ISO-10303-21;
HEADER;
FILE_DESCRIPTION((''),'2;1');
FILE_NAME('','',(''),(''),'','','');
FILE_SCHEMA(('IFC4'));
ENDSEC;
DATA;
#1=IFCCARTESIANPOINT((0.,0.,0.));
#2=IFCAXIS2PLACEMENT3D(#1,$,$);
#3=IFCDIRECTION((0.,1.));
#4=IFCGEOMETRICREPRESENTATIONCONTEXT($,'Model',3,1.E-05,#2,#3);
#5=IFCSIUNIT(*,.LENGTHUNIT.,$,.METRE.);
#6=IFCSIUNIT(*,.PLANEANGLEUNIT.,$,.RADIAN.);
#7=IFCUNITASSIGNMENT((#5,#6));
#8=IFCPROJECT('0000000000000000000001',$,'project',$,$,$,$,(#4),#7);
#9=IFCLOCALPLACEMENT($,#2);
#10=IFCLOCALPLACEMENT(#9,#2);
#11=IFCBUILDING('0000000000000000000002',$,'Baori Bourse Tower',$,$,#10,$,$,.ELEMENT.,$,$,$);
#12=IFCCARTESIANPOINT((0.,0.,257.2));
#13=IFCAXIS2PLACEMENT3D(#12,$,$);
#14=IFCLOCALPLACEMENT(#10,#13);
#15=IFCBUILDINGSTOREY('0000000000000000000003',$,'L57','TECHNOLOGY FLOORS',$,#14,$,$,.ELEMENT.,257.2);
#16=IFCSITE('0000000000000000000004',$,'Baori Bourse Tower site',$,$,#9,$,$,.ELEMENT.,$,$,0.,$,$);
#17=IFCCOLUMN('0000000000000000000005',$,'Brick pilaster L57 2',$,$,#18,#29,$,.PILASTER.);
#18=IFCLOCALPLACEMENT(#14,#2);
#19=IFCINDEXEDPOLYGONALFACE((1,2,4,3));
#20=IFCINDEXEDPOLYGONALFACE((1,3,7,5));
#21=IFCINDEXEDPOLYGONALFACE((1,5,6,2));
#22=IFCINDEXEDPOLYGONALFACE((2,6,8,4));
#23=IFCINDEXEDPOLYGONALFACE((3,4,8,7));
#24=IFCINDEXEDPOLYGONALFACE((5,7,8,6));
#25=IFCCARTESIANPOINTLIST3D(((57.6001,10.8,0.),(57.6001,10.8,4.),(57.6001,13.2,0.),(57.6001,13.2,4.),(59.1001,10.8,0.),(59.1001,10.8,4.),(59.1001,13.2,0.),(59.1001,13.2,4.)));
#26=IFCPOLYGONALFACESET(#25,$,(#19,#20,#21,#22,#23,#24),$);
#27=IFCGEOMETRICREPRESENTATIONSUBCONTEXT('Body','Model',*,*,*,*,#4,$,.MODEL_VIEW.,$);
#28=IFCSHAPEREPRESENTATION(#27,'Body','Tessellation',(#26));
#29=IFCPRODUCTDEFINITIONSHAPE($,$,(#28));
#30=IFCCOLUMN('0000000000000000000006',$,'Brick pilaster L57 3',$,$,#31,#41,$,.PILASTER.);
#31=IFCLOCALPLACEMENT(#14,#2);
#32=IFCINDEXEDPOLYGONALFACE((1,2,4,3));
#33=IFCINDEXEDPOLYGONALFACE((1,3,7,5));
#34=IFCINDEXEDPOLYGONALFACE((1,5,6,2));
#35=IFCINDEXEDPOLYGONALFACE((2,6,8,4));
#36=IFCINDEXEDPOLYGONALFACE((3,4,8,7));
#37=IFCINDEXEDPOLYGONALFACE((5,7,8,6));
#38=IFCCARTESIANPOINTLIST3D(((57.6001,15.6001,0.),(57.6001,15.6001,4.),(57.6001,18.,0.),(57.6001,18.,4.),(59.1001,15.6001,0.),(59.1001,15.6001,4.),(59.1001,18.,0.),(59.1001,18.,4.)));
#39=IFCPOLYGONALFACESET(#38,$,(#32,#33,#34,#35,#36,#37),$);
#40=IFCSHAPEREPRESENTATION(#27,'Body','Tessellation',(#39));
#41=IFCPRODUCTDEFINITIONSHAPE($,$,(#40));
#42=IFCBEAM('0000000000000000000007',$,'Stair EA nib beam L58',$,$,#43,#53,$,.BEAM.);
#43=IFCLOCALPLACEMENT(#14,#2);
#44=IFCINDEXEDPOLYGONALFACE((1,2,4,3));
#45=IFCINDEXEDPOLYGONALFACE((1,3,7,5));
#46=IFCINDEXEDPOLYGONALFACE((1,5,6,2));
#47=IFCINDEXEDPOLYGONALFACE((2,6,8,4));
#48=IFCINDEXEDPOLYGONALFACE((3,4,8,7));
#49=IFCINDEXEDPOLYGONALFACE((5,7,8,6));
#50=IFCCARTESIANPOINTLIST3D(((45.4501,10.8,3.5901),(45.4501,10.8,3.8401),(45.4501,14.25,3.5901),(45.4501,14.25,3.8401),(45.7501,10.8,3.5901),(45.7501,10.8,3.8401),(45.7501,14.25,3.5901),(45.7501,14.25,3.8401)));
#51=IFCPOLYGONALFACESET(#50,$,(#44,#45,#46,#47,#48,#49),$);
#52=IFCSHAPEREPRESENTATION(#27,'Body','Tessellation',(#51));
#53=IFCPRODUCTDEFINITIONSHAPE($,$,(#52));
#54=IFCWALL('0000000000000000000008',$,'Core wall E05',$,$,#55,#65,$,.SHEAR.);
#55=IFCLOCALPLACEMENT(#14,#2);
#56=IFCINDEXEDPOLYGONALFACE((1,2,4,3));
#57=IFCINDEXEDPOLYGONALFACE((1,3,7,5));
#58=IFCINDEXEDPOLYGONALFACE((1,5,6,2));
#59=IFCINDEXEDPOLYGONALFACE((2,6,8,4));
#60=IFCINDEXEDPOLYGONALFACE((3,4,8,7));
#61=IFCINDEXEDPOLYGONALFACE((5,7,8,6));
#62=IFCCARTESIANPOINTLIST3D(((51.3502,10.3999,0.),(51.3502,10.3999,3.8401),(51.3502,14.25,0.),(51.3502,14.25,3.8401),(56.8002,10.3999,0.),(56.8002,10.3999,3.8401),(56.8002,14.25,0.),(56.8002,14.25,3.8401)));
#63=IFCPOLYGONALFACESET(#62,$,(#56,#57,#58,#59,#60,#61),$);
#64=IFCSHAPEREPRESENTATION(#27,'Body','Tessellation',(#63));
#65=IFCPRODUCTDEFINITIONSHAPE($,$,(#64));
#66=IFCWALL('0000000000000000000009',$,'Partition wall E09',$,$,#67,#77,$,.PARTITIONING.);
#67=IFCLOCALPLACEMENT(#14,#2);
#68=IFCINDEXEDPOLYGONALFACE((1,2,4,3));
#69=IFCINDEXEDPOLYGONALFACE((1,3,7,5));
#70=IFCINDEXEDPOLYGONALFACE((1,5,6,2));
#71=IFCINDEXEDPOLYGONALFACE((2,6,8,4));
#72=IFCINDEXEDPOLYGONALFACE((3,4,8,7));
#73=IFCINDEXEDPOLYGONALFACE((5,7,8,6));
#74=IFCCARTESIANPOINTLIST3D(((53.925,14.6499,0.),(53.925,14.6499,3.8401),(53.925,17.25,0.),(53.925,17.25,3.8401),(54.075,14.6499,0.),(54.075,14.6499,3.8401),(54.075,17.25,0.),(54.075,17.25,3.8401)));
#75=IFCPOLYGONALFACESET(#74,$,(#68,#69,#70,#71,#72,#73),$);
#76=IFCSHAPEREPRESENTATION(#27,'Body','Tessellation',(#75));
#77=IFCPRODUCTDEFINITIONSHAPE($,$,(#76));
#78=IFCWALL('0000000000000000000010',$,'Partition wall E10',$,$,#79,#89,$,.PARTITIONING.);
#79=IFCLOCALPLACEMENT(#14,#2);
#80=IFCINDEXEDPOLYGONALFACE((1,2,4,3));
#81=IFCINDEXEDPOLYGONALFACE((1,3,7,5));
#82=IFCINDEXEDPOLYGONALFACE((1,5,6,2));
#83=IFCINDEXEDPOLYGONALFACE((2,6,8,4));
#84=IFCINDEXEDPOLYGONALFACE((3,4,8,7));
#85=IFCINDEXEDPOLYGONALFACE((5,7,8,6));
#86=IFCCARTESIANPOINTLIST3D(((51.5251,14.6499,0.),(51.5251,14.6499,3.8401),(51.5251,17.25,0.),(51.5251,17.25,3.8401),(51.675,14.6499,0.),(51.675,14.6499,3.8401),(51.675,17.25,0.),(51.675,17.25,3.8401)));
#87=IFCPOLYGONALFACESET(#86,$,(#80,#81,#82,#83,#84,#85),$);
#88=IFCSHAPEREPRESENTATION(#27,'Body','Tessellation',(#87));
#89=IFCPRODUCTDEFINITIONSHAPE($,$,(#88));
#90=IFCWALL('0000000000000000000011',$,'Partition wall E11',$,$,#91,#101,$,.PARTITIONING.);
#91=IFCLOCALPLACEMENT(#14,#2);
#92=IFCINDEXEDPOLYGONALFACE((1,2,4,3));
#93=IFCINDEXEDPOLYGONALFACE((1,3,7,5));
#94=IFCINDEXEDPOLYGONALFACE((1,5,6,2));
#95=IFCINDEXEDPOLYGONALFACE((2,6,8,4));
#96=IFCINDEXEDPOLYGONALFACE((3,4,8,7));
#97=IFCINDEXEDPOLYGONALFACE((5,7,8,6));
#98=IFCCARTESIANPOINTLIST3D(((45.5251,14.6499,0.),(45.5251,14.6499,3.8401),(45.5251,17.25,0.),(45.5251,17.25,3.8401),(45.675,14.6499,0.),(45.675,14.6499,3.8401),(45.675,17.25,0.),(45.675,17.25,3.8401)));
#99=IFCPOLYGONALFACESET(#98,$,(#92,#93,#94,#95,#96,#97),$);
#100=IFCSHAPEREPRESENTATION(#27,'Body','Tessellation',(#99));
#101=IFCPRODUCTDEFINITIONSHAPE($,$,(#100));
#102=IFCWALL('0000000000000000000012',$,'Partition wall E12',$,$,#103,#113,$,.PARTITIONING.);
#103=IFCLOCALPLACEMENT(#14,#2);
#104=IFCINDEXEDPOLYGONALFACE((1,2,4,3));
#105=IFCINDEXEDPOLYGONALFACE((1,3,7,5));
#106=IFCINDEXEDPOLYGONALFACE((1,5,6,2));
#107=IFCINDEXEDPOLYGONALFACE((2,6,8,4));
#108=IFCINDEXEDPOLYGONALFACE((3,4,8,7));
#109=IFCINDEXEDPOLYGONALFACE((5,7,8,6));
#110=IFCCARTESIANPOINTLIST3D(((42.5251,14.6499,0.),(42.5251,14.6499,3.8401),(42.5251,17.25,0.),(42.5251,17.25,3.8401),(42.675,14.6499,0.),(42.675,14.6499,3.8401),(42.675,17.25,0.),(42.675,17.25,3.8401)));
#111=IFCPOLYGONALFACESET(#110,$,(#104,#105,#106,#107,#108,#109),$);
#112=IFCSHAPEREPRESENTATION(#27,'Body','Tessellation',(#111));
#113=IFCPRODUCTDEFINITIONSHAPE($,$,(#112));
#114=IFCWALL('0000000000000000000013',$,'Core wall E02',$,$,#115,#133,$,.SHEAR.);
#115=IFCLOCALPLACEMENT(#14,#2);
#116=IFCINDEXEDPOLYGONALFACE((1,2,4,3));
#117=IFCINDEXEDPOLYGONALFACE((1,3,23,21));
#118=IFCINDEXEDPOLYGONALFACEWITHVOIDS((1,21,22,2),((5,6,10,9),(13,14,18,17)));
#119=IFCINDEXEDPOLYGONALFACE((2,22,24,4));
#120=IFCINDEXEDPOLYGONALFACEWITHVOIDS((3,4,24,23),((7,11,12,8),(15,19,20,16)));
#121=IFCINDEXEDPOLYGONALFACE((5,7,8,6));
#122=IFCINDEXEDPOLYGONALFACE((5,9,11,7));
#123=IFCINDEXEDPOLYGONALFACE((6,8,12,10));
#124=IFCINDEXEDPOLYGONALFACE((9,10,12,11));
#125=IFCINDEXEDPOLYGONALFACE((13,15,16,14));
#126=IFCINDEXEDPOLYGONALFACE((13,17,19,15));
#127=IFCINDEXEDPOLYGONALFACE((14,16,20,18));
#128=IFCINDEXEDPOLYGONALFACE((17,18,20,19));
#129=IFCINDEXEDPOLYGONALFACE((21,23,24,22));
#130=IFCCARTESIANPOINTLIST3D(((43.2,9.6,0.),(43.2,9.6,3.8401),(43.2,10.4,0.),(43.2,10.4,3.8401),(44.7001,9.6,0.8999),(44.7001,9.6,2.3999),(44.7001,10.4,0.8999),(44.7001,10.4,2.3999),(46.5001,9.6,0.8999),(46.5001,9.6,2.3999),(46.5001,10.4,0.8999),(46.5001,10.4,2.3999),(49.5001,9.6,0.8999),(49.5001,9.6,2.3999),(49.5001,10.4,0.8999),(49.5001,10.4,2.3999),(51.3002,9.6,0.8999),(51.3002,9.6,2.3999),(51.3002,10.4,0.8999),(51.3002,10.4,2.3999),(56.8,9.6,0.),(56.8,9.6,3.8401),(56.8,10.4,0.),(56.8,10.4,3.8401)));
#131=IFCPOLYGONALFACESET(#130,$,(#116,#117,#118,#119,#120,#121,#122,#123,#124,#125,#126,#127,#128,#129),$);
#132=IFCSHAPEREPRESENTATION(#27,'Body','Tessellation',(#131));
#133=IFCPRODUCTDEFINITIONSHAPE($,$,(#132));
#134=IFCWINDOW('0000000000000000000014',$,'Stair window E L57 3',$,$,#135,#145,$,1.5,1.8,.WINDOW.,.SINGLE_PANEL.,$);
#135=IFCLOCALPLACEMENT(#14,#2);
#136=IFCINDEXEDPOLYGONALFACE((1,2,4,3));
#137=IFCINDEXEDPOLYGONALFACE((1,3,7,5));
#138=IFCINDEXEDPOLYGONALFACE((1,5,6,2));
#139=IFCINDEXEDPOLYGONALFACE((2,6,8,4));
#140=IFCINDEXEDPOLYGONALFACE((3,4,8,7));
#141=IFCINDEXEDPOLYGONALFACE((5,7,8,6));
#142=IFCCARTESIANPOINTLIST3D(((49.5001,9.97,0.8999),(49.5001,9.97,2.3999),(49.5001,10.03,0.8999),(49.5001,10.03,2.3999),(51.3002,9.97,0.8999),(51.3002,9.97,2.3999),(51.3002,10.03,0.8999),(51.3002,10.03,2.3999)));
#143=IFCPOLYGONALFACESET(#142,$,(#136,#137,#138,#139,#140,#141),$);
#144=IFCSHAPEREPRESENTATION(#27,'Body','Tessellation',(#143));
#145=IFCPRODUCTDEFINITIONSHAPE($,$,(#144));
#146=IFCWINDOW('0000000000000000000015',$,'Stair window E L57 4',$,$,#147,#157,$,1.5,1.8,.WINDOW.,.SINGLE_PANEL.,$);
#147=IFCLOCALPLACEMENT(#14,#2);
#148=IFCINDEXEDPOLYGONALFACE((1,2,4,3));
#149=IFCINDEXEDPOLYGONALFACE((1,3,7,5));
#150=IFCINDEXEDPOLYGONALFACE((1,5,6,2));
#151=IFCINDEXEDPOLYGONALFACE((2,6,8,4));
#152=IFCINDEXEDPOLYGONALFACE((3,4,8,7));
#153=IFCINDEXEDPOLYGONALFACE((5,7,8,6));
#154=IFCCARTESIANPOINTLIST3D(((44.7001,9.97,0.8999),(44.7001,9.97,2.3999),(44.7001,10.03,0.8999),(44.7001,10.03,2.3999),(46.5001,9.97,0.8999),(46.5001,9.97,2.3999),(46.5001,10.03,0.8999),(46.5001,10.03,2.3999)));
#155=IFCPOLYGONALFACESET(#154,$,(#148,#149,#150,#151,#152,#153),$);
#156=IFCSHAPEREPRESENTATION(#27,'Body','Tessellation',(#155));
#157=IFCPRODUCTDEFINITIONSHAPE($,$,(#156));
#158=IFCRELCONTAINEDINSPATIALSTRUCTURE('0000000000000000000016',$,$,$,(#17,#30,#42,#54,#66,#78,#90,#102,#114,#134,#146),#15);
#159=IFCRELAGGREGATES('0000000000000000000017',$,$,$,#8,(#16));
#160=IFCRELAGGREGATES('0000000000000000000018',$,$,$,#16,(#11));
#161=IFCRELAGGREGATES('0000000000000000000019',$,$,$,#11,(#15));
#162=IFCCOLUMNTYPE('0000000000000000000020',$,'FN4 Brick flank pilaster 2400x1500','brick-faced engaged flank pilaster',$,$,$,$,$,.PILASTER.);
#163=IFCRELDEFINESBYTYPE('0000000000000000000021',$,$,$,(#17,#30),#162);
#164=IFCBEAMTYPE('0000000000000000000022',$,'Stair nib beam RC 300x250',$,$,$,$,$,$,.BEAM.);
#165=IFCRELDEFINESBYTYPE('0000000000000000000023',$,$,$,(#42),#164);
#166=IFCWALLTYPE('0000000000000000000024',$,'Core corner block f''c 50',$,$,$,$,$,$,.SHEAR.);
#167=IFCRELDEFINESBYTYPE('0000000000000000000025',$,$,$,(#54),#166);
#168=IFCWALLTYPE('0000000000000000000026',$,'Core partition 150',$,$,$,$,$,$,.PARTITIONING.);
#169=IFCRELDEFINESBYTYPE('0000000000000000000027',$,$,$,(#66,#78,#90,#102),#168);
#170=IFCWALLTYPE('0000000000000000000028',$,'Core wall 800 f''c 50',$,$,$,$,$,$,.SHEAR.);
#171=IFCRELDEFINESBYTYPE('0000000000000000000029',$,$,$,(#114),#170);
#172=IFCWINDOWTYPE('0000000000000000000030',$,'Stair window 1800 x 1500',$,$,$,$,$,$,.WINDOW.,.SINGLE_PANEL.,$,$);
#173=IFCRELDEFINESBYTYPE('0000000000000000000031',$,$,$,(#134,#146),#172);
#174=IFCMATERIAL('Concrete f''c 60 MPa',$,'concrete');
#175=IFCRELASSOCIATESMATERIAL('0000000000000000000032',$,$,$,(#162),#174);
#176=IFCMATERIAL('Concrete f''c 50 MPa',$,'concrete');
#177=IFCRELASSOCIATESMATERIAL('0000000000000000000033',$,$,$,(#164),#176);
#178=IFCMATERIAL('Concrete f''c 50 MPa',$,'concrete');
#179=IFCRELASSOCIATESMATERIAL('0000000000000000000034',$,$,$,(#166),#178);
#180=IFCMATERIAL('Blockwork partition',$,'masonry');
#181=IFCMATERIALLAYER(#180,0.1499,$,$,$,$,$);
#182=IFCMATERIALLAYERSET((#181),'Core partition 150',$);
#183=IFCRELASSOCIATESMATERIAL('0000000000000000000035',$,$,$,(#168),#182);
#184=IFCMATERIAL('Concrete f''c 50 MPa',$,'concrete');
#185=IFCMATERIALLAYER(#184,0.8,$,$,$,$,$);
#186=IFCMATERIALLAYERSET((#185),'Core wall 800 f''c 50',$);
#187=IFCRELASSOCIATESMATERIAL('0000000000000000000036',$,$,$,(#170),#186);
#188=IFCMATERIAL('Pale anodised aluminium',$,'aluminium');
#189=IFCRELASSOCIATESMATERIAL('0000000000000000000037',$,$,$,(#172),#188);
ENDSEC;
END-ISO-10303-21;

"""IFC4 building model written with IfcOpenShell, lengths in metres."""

from ifc_helpers import new_model, si_unit, direction, frame, frame_2d, origin, origin_2d, place, context, subcontext, project, spatial, rectangle, extrude, material, layer, layer_set, material_profile, profile_set, type_object, element, fill, save


model = new_model("IFC4")

# Units and contexts
model_context = context("Model", 3, precision=1e-05, world=origin(), true_north=direction((0.0, 1.0)))
body_context = subcontext(model_context, "Body", "Model", "MODEL_VIEW")
ifc_project = project(units=[si_unit("LENGTHUNIT", "METRE"), si_unit("PLANEANGLEUNIT", "RADIAN")], contexts=[model_context])

# Site, building, storey
site_placement = place(None, origin())
site = spatial("IfcSite", under=ifc_project, at=site_placement, Name="Baori Bourse Tower site", CompositionType="ELEMENT", RefElevation=0.0)
building_placement = place(site_placement, origin())
building = spatial("IfcBuilding", under=site, at=building_placement, Name="Baori Bourse Tower", CompositionType="ELEMENT")
storey_placement = place(building_placement, frame((0.0, 0.0, 257.2)))
storey = spatial("IfcBuildingStorey", under=building, at=storey_placement, Name="L57", Description="TECHNOLOGY FLOORS", CompositionType="ELEMENT", Elevation=257.2)

# Columns
ifc_material_1 = material(Name="Concrete f'c 60 MPa", Category="concrete")
ifc_material_profile_1 = material_profile(ifc_material_1, rectangle(XDim=2.3999, YDim=1.5, at=origin_2d()), Name="RC 2400x1500")
ifc_profile_set_1 = profile_set([ifc_material_profile_1], Name="Concrete f'c 60 MPa")
column_type = type_object("IfcColumnType", Name="FN4 Brick flank pilaster 2400x1500", Description="brick-faced engaged flank pilaster", PredefinedType="PILASTER", material=ifc_profile_set_1)
for number, where, z_axis, x_axis, name in (
    (1, (58.3501, 12.0, 0.0), (0.0, 0.0, 1.0), (0.0, 1.0, 0.0), "Brick pilaster L57 2"),
    (2, (58.3501, 16.8, 0.0), (0.0, 0.0, 1.0), (0.0, 1.0, 0.0), "Brick pilaster L57 3"),
):
    element("IfcColumn", number, at=place(storey_placement, frame(where, z_axis=z_axis, x_axis=x_axis)), inside=storey, type_object=column_type, Name=name, PredefinedType="PILASTER", context=body_context, shape_type="SweptSolid", body=[
        extrude(rectangle(XDim=2.3999, YDim=1.5, at=origin_2d()), origin(), (0.0, 0.0, 1.0), 4.0),
    ])

# Beam
ifc_material_2 = material(Name="Concrete f'c 50 MPa", Category="concrete")
ifc_material_profile_2 = material_profile(ifc_material_2, rectangle(XDim=0.3, YDim=0.25, at=origin_2d()), Name="RC 300x250")
ifc_profile_set_2 = profile_set([ifc_material_profile_2], Name="Concrete f'c 50 MPa")
beam_type = type_object("IfcBeamType", Name="Stair nib beam RC 300x250", PredefinedType="BEAM", material=ifc_profile_set_2)
beam_placement = place(storey_placement, frame((45.6001, 10.8, 3.7151), z_axis=(0.0, 1.0, 0.0), x_axis=(-1.0, 0.0, 0.0)))
element("IfcBeam", 3, at=beam_placement, inside=storey, type_object=beam_type, Name="Stair EA nib beam L58", PredefinedType="BEAM", context=body_context, shape_type="SweptSolid", body=[
    extrude(rectangle(XDim=0.3, YDim=0.25, at=origin_2d()), origin(), (0.0, 0.0, 1.0), 3.45),
])

# Walls
ifc_material_3 = material(Name="Concrete f'c 50 MPa", Category="concrete")
wall_type_1 = type_object("IfcWallType", Name="Core corner block f'c 50", PredefinedType="SHEAR", material=ifc_material_3)
wall_1_placement = place(storey_placement, frame((51.3501, 12.325, 0.0), z_axis=(0.0, 0.0, 1.0), x_axis=(1.0, 0.0, 0.0)))
element("IfcWall", 4, at=wall_1_placement, inside=storey, type_object=wall_type_1, Name="Core wall E05", PredefinedType="SHEAR", context=body_context, shape_type="SweptSolid", body=[
    extrude(rectangle(XDim=5.45, YDim=3.8501, at=frame_2d((2.7251, 0.0))), origin(), (0.0, 0.0, 1.0), 3.8401),
])
ifc_material_4 = material(Name="Blockwork partition", Category="masonry")
ifc_layer_1 = layer(ifc_material_4, 0.1499)
ifc_layer_set_1 = layer_set([ifc_layer_1], Name="Core partition 150")
wall_type_2 = type_object("IfcWallType", Name="Core partition 150", PredefinedType="PARTITIONING", material=ifc_layer_set_1)
for number, where, z_axis, x_axis, name in (
    (5, (54.0, 14.6499, 0.0), (0.0, 0.0, 1.0), (0.0, 1.0, 0.0), "Partition wall E09"),
    (6, (51.6001, 14.6499, 0.0), (0.0, 0.0, 1.0), (0.0, 1.0, 0.0), "Partition wall E10"),
    (7, (45.6001, 14.6499, 0.0), (0.0, 0.0, 1.0), (0.0, 1.0, 0.0), "Partition wall E11"),
    (8, (42.6001, 14.6499, 0.0), (0.0, 0.0, 1.0), (0.0, 1.0, 0.0), "Partition wall E12"),
):
    element("IfcWall", number, at=place(storey_placement, frame(where, z_axis=z_axis, x_axis=x_axis)), inside=storey, type_object=wall_type_2, Name=name, PredefinedType="PARTITIONING", context=body_context, shape_type="SweptSolid", body=[
        extrude(rectangle(XDim=2.6001, YDim=0.1499, at=frame_2d((1.3, 0.0))), origin(), (0.0, 0.0, 1.0), 3.8401),
    ])

# Wall, openings, windows
ifc_material_5 = material(Name="Concrete f'c 50 MPa", Category="concrete")
ifc_layer_2 = layer(ifc_material_5, 0.8)
ifc_layer_set_2 = layer_set([ifc_layer_2], Name="Core wall 800 f'c 50")
wall_type_3 = type_object("IfcWallType", Name="Core wall 800 f'c 50", PredefinedType="SHEAR", material=ifc_layer_set_2)
wall_2_placement = place(storey_placement, frame((56.8, 10.0, 0.0), z_axis=(0.0, 0.0, 1.0), x_axis=(-1.0, 0.0, 0.0)))
wall_2 = element("IfcWall", 9, at=wall_2_placement, inside=storey, type_object=wall_type_3, Name="Core wall E02", PredefinedType="SHEAR", context=body_context, shape_type="SweptSolid", body=[
    extrude(rectangle(XDim=13.6001, YDim=0.8, at=frame_2d((6.8, 0.0))), origin(), (0.0, 0.0, 1.0), 3.8401),
])
opening_1_placement = place(wall_2_placement, frame((5.5, 0.0, 0.8999)))
opening_1 = element("IfcOpeningElement", 10, at=opening_1_placement, cuts=wall_2, PredefinedType="OPENING", context=body_context, shape_type="SweptSolid", body=[
    extrude(rectangle(XDim=1.8, YDim=1.5, at=frame_2d((0.8999, 0.75))), frame((0.0, 0.4099, 0.0), z_axis=(0.0, -1.0, 0.0), x_axis=(1.0, 0.0, 0.0)), (0.0, 0.0, 1.0), 0.8201),
])
opening_2_placement = place(wall_2_placement, frame((10.3, 0.0, 0.8999)))
opening_2 = element("IfcOpeningElement", 11, at=opening_2_placement, cuts=wall_2, PredefinedType="OPENING", context=body_context, shape_type="SweptSolid", body=[
    extrude(rectangle(XDim=1.8, YDim=1.5, at=frame_2d((0.8999, 0.75))), frame((0.0, 0.4099, 0.0), z_axis=(0.0, -1.0, 0.0), x_axis=(1.0, 0.0, 0.0)), (0.0, 0.0, 1.0), 0.8201),
])
ifc_material_6 = material(Name="Pale anodised aluminium", Category="aluminium")
window_type = type_object("IfcWindowType", Name="Stair window 1800 x 1500", PartitioningType="SINGLE_PANEL", PredefinedType="WINDOW", material=ifc_material_6)
window_1_placement = place(opening_1_placement, origin())
window_1 = element("IfcWindow", 12, at=window_1_placement, inside=storey, type_object=window_type, Name="Stair window E L57 3", OverallHeight=1.5, OverallWidth=1.8, PartitioningType="SINGLE_PANEL", PredefinedType="WINDOW", context=body_context, shape_type="SweptSolid", body=[
    extrude(rectangle(XDim=1.8, YDim=1.5, at=frame_2d((0.8999, 0.75))), frame((0.0, 0.03, 0.0), z_axis=(0.0, -1.0, 0.0), x_axis=(1.0, 0.0, 0.0)), (0.0, 0.0, 1.0), 0.0601),
])
fill(opening_1, window_1)
window_2_placement = place(opening_2_placement, origin())
window_2 = element("IfcWindow", 13, at=window_2_placement, inside=storey, type_object=window_type, Name="Stair window E L57 4", OverallHeight=1.5, OverallWidth=1.8, PartitioningType="SINGLE_PANEL", PredefinedType="WINDOW", context=body_context, shape_type="SweptSolid", body=[
    extrude(rectangle(XDim=1.8, YDim=1.5, at=frame_2d((0.8999, 0.75))), frame((0.0, 0.03, 0.0), z_axis=(0.0, -1.0, 0.0), x_axis=(1.0, 0.0, 0.0)), (0.0, 0.0, 1.0), 0.0601),
])
fill(opening_2, window_2)

save(model, "model.ifc")
